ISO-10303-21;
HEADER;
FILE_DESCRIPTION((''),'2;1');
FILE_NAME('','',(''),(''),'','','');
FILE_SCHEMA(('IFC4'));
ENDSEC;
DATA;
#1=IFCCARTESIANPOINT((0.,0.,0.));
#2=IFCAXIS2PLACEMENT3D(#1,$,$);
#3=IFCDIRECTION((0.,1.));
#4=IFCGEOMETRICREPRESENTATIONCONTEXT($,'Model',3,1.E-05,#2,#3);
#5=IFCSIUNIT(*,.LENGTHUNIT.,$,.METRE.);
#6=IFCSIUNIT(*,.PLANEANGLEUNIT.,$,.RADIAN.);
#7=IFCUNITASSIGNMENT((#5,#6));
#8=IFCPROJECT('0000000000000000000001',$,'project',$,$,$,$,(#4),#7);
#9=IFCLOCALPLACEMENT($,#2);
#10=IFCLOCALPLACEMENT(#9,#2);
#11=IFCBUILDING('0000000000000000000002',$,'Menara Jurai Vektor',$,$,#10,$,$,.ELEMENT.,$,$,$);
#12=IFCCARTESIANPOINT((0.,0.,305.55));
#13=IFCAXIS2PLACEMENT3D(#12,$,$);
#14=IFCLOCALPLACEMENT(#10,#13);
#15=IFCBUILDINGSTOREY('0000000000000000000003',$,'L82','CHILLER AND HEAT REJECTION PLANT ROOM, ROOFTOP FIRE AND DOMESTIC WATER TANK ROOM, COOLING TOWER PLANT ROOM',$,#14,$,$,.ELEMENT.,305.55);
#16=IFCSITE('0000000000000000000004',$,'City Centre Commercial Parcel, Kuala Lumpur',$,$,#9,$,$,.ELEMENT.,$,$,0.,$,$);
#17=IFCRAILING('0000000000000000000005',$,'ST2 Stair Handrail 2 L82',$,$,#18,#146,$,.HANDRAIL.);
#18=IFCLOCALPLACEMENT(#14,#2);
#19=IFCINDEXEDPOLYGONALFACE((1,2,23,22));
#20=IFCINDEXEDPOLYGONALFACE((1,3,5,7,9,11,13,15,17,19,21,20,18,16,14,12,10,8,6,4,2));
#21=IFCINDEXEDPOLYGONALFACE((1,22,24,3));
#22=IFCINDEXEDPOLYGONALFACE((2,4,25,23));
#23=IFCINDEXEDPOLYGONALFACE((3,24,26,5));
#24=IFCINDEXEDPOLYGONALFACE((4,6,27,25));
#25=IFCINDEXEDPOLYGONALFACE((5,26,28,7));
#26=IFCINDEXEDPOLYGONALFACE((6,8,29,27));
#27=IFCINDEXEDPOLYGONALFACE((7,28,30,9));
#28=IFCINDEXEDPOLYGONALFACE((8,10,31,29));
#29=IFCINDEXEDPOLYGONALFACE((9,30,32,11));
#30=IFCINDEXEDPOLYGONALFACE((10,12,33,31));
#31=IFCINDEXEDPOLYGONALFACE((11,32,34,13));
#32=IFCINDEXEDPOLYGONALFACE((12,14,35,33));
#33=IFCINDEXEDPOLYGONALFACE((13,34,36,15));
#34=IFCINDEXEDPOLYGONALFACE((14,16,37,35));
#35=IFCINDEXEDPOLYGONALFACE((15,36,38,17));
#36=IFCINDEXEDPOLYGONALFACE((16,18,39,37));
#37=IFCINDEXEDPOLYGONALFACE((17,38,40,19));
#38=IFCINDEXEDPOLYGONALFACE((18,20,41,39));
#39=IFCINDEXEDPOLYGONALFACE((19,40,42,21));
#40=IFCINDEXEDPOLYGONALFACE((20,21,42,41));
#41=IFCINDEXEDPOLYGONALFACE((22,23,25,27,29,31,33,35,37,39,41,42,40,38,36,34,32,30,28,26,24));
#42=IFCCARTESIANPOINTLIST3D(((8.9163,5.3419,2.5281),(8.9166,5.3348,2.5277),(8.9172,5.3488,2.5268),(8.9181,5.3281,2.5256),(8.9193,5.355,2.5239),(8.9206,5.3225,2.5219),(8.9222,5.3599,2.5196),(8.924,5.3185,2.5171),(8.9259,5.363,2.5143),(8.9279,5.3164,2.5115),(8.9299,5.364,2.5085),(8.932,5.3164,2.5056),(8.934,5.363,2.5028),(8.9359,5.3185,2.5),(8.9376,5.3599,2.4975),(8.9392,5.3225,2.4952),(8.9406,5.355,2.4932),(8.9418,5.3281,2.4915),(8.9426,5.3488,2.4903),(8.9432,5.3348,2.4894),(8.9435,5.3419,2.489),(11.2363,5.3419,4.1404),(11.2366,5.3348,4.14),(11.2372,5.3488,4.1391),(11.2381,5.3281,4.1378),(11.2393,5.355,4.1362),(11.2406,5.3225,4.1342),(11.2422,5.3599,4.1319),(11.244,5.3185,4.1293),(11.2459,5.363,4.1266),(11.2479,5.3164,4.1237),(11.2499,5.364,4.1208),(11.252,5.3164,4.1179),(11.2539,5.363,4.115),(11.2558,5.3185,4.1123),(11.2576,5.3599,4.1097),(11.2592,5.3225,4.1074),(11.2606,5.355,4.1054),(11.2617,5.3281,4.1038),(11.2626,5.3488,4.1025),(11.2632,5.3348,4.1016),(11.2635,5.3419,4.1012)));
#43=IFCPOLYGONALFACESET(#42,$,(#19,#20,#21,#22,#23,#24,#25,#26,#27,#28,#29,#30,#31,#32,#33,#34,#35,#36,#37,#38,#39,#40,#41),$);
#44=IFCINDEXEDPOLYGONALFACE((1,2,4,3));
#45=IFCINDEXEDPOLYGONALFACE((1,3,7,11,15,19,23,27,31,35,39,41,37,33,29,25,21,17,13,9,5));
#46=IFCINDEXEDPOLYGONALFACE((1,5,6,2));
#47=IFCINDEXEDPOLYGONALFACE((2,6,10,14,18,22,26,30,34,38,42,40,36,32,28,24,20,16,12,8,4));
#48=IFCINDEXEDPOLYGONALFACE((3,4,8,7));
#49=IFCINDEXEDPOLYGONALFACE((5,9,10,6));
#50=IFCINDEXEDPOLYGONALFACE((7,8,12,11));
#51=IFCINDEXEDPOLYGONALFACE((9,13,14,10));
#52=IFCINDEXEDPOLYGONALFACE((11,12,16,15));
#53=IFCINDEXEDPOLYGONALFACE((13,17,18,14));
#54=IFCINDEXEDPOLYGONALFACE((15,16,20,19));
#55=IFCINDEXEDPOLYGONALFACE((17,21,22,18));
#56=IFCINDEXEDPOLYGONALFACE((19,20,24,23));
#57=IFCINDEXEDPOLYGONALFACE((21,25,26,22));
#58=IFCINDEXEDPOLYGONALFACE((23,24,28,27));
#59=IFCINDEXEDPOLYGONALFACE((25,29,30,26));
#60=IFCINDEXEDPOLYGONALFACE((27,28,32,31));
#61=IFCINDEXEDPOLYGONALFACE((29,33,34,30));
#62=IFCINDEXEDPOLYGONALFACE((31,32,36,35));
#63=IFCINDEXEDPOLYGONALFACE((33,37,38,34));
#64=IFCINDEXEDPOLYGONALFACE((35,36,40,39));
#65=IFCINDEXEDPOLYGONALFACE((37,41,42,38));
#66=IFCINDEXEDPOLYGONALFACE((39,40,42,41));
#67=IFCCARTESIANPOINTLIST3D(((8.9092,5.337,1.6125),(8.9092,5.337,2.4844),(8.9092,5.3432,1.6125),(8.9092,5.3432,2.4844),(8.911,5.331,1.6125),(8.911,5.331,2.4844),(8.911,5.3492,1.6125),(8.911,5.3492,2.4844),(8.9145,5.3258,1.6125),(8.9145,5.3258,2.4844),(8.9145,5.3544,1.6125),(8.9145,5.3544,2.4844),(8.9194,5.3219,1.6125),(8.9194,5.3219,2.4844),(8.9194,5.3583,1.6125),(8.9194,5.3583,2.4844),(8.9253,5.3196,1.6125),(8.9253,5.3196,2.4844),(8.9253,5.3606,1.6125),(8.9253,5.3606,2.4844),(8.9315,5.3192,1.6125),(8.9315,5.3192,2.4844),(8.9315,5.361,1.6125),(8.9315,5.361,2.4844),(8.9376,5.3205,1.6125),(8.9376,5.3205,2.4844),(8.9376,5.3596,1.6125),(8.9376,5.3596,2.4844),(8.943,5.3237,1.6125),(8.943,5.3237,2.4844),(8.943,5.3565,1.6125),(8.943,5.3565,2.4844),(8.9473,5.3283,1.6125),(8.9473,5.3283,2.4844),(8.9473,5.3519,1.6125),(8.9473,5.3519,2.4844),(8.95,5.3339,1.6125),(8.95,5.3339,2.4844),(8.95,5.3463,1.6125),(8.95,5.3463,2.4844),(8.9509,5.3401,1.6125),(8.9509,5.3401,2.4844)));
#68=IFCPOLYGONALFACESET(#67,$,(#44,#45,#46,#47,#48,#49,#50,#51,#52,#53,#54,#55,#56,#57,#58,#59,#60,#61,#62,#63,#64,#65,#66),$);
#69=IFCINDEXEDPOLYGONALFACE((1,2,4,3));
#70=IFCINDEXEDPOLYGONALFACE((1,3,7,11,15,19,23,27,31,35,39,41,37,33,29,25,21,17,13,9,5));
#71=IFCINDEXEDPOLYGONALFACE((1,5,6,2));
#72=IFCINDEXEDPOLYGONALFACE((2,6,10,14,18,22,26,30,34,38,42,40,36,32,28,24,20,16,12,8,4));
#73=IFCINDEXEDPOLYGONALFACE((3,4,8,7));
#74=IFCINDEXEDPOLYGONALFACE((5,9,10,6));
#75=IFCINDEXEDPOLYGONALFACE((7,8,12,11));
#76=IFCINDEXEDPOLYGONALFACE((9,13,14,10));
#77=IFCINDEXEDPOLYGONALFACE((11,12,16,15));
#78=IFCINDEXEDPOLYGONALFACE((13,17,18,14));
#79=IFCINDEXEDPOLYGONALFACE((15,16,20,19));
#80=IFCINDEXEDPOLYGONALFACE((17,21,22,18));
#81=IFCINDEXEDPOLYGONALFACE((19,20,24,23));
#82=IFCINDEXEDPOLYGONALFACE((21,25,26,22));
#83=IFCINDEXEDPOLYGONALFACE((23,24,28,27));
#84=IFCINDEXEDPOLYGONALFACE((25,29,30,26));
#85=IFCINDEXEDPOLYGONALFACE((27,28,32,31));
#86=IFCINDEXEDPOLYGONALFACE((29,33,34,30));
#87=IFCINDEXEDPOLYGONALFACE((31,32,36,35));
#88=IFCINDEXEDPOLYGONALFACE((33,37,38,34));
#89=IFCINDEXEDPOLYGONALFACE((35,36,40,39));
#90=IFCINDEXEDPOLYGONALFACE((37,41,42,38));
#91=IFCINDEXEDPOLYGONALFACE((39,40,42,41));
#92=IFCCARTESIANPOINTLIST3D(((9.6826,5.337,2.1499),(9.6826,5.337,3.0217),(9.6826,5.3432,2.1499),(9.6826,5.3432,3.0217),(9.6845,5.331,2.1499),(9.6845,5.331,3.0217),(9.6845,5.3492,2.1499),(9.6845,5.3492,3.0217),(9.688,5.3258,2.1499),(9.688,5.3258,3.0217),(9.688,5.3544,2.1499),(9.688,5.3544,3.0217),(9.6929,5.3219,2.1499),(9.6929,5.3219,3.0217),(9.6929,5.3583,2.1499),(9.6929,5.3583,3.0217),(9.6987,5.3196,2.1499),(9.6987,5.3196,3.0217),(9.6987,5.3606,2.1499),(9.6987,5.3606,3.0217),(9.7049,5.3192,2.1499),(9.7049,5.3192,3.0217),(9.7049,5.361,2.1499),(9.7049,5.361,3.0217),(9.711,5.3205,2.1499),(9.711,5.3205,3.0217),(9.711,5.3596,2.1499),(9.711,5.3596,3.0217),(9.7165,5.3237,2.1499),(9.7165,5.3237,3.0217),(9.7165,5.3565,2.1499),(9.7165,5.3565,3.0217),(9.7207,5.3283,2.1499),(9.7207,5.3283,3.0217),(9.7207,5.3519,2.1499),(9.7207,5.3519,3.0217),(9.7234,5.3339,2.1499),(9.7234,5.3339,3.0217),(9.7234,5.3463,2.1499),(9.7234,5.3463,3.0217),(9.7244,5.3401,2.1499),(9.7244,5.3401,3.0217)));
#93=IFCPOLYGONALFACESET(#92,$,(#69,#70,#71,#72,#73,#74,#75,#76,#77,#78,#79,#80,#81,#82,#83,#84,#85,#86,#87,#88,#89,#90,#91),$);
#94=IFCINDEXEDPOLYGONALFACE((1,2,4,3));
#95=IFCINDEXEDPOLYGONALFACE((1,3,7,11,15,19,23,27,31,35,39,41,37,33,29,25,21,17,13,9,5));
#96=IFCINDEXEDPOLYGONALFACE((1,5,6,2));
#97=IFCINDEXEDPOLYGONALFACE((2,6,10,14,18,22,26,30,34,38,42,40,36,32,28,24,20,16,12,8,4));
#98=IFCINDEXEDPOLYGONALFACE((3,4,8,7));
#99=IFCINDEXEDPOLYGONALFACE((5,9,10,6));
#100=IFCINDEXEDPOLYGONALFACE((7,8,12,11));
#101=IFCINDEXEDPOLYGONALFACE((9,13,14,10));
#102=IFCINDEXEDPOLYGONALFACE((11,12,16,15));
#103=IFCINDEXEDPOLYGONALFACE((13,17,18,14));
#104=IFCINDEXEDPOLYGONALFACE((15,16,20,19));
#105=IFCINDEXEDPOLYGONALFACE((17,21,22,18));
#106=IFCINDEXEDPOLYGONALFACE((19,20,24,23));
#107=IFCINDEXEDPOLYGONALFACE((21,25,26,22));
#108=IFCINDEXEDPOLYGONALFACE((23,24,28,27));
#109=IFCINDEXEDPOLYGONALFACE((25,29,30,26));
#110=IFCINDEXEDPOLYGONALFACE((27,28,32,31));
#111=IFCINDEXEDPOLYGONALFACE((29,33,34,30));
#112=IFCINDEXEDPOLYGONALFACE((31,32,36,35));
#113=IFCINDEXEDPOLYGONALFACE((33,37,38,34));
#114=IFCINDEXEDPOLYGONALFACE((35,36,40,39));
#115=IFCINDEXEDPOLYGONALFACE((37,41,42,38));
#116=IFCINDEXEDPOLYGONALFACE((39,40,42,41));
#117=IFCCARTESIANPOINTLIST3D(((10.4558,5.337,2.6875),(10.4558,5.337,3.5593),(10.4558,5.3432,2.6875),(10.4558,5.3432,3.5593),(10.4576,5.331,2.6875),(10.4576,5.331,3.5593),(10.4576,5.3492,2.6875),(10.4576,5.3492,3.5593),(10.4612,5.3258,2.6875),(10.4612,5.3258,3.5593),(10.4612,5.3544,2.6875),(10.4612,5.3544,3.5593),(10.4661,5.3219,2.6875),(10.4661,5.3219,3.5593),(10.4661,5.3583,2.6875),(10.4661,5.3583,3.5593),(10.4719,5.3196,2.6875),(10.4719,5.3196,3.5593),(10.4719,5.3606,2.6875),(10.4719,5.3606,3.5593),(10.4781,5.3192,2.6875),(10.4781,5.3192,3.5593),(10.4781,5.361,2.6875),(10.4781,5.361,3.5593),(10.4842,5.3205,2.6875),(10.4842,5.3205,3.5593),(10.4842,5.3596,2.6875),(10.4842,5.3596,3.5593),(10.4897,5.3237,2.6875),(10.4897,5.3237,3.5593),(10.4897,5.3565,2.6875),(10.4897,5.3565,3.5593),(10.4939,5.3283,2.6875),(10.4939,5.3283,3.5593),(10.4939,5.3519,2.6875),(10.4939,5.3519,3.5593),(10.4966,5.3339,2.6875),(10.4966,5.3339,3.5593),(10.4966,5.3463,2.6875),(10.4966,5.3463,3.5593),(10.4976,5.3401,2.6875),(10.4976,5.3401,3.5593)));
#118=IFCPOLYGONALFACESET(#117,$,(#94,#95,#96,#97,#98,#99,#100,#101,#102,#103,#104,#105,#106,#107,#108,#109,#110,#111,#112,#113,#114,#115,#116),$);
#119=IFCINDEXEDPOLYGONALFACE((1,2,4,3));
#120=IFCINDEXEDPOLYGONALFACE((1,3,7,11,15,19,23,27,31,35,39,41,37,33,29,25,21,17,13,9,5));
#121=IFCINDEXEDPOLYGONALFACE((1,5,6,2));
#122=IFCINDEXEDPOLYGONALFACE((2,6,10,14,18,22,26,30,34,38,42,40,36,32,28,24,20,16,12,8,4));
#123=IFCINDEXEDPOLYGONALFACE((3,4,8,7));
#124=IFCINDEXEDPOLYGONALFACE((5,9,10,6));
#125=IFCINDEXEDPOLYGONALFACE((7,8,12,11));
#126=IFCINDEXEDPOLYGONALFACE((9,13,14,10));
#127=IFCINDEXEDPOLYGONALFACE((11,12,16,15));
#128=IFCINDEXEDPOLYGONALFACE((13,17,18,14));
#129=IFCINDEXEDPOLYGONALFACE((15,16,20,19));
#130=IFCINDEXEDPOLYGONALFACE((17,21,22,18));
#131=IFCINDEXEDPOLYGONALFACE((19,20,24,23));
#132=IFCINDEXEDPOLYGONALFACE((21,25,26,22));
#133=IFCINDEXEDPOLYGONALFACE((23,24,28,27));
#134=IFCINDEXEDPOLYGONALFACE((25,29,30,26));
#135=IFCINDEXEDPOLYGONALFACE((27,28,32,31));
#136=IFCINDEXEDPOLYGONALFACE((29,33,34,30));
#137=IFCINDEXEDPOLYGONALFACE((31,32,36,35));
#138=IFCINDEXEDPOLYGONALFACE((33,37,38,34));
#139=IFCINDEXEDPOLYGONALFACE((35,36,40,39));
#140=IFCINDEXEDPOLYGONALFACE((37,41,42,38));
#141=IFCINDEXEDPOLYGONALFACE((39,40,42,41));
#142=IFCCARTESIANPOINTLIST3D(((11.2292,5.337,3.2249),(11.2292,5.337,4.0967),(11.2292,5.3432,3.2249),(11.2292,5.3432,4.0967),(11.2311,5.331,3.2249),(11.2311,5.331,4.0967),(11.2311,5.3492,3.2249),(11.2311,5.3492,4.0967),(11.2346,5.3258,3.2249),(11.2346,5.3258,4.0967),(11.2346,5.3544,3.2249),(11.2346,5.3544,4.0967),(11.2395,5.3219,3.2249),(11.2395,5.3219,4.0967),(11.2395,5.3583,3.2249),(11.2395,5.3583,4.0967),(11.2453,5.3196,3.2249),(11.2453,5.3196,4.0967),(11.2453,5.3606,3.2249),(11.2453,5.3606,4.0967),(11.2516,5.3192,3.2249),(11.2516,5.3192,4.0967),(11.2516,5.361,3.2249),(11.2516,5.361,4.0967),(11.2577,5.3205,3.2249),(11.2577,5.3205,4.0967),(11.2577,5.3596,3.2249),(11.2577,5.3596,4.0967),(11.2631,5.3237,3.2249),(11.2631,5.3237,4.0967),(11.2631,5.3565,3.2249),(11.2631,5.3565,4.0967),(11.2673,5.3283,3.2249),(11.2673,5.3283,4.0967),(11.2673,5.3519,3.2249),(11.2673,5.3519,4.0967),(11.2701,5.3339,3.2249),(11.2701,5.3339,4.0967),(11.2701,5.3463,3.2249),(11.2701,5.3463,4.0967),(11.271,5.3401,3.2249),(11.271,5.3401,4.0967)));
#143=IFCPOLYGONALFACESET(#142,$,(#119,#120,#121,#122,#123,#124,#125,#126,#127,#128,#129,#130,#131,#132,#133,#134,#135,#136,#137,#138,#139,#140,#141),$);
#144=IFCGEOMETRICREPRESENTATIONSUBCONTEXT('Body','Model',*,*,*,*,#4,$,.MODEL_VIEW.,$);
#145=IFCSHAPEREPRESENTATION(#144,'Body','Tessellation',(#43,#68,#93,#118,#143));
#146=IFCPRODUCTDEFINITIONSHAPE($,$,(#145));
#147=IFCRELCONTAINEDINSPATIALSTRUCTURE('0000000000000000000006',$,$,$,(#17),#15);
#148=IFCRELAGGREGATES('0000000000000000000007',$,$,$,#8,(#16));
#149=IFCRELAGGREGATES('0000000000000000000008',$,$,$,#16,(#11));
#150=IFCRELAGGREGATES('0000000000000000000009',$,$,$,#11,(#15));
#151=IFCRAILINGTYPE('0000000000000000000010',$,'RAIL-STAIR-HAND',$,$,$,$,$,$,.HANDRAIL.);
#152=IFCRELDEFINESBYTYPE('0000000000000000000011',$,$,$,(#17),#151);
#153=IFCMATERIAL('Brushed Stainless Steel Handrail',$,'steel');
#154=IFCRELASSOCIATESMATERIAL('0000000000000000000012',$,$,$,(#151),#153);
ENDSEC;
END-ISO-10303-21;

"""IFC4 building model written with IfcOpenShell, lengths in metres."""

from ifc_helpers import new_model, si_unit, direction, frame, origin, origin_2d, place, context, subcontext, project, spatial, circle, extrude, material, type_object, element, save


model = new_model("IFC4")

# Units and contexts
model_context = context("Model", 3, precision=1e-05, world=origin(), true_north=direction((0.0, 1.0)))
body_context = subcontext(model_context, "Body", "Model", "MODEL_VIEW")
ifc_project = project(units=[si_unit("LENGTHUNIT", "METRE"), si_unit("PLANEANGLEUNIT", "RADIAN")], contexts=[model_context])

# Site, building, storey
site_placement = place(None, origin())
site = spatial("IfcSite", under=ifc_project, at=site_placement, Name="City Centre Commercial Parcel, Kuala Lumpur", CompositionType="ELEMENT", RefElevation=0.0)
building_placement = place(site_placement, origin())
building = spatial("IfcBuilding", under=site, at=building_placement, Name="Menara Jurai Vektor", CompositionType="ELEMENT")
storey_placement = place(building_placement, frame((0.0, 0.0, 305.55)))
storey = spatial("IfcBuildingStorey", under=building, at=storey_placement, Name="L82", Description="CHILLER AND HEAT REJECTION PLANT ROOM, ROOFTOP FIRE AND DOMESTIC WATER TANK ROOM, COOLING TOWER PLANT ROOM", CompositionType="ELEMENT", Elevation=305.55)

# Railing
ifc_material_1 = material(Name="Brushed Stainless Steel Handrail", Category="steel")
railing_type = type_object("IfcRailingType", Name="RAIL-STAIR-HAND", PredefinedType="HANDRAIL", material=ifc_material_1)
railing_1_placement = place(storey_placement, frame((8.9299, 5.3401, 1.6125)))
element("IfcRailing", 1, at=railing_1_placement, inside=storey, type_object=railing_type, Name="ST2 Stair Handrail 2 L82", PredefinedType="HANDRAIL", context=body_context, shape_type="SweptSolid", body=[
    extrude(circle(Radius=0.0239, at=origin_2d()), frame((0.0, 0.0, 0.896), z_axis=(0.82118, 0.0, 0.570669), x_axis=(0.0, 1.0, 0.0)), (0.0, 0.0, 1.0), 2.8252),
    extrude(circle(Radius=0.021, at=origin_2d()), origin(), (0.0, 0.0, 1.0), 0.8718),
    extrude(circle(Radius=0.021, at=origin_2d()), frame((0.7734, 0.0, 0.5374)), (0.0, 0.0, 1.0), 0.8718),
    extrude(circle(Radius=0.021, at=origin_2d()), frame((1.5466, 0.0, 1.075)), (0.0, 0.0, 1.0), 0.8718),
    extrude(circle(Radius=0.021, at=origin_2d()), frame((2.3201, 0.0, 1.6123)), (0.0, 0.0, 1.0), 0.8718),
])

save(model, "model.ifc")
